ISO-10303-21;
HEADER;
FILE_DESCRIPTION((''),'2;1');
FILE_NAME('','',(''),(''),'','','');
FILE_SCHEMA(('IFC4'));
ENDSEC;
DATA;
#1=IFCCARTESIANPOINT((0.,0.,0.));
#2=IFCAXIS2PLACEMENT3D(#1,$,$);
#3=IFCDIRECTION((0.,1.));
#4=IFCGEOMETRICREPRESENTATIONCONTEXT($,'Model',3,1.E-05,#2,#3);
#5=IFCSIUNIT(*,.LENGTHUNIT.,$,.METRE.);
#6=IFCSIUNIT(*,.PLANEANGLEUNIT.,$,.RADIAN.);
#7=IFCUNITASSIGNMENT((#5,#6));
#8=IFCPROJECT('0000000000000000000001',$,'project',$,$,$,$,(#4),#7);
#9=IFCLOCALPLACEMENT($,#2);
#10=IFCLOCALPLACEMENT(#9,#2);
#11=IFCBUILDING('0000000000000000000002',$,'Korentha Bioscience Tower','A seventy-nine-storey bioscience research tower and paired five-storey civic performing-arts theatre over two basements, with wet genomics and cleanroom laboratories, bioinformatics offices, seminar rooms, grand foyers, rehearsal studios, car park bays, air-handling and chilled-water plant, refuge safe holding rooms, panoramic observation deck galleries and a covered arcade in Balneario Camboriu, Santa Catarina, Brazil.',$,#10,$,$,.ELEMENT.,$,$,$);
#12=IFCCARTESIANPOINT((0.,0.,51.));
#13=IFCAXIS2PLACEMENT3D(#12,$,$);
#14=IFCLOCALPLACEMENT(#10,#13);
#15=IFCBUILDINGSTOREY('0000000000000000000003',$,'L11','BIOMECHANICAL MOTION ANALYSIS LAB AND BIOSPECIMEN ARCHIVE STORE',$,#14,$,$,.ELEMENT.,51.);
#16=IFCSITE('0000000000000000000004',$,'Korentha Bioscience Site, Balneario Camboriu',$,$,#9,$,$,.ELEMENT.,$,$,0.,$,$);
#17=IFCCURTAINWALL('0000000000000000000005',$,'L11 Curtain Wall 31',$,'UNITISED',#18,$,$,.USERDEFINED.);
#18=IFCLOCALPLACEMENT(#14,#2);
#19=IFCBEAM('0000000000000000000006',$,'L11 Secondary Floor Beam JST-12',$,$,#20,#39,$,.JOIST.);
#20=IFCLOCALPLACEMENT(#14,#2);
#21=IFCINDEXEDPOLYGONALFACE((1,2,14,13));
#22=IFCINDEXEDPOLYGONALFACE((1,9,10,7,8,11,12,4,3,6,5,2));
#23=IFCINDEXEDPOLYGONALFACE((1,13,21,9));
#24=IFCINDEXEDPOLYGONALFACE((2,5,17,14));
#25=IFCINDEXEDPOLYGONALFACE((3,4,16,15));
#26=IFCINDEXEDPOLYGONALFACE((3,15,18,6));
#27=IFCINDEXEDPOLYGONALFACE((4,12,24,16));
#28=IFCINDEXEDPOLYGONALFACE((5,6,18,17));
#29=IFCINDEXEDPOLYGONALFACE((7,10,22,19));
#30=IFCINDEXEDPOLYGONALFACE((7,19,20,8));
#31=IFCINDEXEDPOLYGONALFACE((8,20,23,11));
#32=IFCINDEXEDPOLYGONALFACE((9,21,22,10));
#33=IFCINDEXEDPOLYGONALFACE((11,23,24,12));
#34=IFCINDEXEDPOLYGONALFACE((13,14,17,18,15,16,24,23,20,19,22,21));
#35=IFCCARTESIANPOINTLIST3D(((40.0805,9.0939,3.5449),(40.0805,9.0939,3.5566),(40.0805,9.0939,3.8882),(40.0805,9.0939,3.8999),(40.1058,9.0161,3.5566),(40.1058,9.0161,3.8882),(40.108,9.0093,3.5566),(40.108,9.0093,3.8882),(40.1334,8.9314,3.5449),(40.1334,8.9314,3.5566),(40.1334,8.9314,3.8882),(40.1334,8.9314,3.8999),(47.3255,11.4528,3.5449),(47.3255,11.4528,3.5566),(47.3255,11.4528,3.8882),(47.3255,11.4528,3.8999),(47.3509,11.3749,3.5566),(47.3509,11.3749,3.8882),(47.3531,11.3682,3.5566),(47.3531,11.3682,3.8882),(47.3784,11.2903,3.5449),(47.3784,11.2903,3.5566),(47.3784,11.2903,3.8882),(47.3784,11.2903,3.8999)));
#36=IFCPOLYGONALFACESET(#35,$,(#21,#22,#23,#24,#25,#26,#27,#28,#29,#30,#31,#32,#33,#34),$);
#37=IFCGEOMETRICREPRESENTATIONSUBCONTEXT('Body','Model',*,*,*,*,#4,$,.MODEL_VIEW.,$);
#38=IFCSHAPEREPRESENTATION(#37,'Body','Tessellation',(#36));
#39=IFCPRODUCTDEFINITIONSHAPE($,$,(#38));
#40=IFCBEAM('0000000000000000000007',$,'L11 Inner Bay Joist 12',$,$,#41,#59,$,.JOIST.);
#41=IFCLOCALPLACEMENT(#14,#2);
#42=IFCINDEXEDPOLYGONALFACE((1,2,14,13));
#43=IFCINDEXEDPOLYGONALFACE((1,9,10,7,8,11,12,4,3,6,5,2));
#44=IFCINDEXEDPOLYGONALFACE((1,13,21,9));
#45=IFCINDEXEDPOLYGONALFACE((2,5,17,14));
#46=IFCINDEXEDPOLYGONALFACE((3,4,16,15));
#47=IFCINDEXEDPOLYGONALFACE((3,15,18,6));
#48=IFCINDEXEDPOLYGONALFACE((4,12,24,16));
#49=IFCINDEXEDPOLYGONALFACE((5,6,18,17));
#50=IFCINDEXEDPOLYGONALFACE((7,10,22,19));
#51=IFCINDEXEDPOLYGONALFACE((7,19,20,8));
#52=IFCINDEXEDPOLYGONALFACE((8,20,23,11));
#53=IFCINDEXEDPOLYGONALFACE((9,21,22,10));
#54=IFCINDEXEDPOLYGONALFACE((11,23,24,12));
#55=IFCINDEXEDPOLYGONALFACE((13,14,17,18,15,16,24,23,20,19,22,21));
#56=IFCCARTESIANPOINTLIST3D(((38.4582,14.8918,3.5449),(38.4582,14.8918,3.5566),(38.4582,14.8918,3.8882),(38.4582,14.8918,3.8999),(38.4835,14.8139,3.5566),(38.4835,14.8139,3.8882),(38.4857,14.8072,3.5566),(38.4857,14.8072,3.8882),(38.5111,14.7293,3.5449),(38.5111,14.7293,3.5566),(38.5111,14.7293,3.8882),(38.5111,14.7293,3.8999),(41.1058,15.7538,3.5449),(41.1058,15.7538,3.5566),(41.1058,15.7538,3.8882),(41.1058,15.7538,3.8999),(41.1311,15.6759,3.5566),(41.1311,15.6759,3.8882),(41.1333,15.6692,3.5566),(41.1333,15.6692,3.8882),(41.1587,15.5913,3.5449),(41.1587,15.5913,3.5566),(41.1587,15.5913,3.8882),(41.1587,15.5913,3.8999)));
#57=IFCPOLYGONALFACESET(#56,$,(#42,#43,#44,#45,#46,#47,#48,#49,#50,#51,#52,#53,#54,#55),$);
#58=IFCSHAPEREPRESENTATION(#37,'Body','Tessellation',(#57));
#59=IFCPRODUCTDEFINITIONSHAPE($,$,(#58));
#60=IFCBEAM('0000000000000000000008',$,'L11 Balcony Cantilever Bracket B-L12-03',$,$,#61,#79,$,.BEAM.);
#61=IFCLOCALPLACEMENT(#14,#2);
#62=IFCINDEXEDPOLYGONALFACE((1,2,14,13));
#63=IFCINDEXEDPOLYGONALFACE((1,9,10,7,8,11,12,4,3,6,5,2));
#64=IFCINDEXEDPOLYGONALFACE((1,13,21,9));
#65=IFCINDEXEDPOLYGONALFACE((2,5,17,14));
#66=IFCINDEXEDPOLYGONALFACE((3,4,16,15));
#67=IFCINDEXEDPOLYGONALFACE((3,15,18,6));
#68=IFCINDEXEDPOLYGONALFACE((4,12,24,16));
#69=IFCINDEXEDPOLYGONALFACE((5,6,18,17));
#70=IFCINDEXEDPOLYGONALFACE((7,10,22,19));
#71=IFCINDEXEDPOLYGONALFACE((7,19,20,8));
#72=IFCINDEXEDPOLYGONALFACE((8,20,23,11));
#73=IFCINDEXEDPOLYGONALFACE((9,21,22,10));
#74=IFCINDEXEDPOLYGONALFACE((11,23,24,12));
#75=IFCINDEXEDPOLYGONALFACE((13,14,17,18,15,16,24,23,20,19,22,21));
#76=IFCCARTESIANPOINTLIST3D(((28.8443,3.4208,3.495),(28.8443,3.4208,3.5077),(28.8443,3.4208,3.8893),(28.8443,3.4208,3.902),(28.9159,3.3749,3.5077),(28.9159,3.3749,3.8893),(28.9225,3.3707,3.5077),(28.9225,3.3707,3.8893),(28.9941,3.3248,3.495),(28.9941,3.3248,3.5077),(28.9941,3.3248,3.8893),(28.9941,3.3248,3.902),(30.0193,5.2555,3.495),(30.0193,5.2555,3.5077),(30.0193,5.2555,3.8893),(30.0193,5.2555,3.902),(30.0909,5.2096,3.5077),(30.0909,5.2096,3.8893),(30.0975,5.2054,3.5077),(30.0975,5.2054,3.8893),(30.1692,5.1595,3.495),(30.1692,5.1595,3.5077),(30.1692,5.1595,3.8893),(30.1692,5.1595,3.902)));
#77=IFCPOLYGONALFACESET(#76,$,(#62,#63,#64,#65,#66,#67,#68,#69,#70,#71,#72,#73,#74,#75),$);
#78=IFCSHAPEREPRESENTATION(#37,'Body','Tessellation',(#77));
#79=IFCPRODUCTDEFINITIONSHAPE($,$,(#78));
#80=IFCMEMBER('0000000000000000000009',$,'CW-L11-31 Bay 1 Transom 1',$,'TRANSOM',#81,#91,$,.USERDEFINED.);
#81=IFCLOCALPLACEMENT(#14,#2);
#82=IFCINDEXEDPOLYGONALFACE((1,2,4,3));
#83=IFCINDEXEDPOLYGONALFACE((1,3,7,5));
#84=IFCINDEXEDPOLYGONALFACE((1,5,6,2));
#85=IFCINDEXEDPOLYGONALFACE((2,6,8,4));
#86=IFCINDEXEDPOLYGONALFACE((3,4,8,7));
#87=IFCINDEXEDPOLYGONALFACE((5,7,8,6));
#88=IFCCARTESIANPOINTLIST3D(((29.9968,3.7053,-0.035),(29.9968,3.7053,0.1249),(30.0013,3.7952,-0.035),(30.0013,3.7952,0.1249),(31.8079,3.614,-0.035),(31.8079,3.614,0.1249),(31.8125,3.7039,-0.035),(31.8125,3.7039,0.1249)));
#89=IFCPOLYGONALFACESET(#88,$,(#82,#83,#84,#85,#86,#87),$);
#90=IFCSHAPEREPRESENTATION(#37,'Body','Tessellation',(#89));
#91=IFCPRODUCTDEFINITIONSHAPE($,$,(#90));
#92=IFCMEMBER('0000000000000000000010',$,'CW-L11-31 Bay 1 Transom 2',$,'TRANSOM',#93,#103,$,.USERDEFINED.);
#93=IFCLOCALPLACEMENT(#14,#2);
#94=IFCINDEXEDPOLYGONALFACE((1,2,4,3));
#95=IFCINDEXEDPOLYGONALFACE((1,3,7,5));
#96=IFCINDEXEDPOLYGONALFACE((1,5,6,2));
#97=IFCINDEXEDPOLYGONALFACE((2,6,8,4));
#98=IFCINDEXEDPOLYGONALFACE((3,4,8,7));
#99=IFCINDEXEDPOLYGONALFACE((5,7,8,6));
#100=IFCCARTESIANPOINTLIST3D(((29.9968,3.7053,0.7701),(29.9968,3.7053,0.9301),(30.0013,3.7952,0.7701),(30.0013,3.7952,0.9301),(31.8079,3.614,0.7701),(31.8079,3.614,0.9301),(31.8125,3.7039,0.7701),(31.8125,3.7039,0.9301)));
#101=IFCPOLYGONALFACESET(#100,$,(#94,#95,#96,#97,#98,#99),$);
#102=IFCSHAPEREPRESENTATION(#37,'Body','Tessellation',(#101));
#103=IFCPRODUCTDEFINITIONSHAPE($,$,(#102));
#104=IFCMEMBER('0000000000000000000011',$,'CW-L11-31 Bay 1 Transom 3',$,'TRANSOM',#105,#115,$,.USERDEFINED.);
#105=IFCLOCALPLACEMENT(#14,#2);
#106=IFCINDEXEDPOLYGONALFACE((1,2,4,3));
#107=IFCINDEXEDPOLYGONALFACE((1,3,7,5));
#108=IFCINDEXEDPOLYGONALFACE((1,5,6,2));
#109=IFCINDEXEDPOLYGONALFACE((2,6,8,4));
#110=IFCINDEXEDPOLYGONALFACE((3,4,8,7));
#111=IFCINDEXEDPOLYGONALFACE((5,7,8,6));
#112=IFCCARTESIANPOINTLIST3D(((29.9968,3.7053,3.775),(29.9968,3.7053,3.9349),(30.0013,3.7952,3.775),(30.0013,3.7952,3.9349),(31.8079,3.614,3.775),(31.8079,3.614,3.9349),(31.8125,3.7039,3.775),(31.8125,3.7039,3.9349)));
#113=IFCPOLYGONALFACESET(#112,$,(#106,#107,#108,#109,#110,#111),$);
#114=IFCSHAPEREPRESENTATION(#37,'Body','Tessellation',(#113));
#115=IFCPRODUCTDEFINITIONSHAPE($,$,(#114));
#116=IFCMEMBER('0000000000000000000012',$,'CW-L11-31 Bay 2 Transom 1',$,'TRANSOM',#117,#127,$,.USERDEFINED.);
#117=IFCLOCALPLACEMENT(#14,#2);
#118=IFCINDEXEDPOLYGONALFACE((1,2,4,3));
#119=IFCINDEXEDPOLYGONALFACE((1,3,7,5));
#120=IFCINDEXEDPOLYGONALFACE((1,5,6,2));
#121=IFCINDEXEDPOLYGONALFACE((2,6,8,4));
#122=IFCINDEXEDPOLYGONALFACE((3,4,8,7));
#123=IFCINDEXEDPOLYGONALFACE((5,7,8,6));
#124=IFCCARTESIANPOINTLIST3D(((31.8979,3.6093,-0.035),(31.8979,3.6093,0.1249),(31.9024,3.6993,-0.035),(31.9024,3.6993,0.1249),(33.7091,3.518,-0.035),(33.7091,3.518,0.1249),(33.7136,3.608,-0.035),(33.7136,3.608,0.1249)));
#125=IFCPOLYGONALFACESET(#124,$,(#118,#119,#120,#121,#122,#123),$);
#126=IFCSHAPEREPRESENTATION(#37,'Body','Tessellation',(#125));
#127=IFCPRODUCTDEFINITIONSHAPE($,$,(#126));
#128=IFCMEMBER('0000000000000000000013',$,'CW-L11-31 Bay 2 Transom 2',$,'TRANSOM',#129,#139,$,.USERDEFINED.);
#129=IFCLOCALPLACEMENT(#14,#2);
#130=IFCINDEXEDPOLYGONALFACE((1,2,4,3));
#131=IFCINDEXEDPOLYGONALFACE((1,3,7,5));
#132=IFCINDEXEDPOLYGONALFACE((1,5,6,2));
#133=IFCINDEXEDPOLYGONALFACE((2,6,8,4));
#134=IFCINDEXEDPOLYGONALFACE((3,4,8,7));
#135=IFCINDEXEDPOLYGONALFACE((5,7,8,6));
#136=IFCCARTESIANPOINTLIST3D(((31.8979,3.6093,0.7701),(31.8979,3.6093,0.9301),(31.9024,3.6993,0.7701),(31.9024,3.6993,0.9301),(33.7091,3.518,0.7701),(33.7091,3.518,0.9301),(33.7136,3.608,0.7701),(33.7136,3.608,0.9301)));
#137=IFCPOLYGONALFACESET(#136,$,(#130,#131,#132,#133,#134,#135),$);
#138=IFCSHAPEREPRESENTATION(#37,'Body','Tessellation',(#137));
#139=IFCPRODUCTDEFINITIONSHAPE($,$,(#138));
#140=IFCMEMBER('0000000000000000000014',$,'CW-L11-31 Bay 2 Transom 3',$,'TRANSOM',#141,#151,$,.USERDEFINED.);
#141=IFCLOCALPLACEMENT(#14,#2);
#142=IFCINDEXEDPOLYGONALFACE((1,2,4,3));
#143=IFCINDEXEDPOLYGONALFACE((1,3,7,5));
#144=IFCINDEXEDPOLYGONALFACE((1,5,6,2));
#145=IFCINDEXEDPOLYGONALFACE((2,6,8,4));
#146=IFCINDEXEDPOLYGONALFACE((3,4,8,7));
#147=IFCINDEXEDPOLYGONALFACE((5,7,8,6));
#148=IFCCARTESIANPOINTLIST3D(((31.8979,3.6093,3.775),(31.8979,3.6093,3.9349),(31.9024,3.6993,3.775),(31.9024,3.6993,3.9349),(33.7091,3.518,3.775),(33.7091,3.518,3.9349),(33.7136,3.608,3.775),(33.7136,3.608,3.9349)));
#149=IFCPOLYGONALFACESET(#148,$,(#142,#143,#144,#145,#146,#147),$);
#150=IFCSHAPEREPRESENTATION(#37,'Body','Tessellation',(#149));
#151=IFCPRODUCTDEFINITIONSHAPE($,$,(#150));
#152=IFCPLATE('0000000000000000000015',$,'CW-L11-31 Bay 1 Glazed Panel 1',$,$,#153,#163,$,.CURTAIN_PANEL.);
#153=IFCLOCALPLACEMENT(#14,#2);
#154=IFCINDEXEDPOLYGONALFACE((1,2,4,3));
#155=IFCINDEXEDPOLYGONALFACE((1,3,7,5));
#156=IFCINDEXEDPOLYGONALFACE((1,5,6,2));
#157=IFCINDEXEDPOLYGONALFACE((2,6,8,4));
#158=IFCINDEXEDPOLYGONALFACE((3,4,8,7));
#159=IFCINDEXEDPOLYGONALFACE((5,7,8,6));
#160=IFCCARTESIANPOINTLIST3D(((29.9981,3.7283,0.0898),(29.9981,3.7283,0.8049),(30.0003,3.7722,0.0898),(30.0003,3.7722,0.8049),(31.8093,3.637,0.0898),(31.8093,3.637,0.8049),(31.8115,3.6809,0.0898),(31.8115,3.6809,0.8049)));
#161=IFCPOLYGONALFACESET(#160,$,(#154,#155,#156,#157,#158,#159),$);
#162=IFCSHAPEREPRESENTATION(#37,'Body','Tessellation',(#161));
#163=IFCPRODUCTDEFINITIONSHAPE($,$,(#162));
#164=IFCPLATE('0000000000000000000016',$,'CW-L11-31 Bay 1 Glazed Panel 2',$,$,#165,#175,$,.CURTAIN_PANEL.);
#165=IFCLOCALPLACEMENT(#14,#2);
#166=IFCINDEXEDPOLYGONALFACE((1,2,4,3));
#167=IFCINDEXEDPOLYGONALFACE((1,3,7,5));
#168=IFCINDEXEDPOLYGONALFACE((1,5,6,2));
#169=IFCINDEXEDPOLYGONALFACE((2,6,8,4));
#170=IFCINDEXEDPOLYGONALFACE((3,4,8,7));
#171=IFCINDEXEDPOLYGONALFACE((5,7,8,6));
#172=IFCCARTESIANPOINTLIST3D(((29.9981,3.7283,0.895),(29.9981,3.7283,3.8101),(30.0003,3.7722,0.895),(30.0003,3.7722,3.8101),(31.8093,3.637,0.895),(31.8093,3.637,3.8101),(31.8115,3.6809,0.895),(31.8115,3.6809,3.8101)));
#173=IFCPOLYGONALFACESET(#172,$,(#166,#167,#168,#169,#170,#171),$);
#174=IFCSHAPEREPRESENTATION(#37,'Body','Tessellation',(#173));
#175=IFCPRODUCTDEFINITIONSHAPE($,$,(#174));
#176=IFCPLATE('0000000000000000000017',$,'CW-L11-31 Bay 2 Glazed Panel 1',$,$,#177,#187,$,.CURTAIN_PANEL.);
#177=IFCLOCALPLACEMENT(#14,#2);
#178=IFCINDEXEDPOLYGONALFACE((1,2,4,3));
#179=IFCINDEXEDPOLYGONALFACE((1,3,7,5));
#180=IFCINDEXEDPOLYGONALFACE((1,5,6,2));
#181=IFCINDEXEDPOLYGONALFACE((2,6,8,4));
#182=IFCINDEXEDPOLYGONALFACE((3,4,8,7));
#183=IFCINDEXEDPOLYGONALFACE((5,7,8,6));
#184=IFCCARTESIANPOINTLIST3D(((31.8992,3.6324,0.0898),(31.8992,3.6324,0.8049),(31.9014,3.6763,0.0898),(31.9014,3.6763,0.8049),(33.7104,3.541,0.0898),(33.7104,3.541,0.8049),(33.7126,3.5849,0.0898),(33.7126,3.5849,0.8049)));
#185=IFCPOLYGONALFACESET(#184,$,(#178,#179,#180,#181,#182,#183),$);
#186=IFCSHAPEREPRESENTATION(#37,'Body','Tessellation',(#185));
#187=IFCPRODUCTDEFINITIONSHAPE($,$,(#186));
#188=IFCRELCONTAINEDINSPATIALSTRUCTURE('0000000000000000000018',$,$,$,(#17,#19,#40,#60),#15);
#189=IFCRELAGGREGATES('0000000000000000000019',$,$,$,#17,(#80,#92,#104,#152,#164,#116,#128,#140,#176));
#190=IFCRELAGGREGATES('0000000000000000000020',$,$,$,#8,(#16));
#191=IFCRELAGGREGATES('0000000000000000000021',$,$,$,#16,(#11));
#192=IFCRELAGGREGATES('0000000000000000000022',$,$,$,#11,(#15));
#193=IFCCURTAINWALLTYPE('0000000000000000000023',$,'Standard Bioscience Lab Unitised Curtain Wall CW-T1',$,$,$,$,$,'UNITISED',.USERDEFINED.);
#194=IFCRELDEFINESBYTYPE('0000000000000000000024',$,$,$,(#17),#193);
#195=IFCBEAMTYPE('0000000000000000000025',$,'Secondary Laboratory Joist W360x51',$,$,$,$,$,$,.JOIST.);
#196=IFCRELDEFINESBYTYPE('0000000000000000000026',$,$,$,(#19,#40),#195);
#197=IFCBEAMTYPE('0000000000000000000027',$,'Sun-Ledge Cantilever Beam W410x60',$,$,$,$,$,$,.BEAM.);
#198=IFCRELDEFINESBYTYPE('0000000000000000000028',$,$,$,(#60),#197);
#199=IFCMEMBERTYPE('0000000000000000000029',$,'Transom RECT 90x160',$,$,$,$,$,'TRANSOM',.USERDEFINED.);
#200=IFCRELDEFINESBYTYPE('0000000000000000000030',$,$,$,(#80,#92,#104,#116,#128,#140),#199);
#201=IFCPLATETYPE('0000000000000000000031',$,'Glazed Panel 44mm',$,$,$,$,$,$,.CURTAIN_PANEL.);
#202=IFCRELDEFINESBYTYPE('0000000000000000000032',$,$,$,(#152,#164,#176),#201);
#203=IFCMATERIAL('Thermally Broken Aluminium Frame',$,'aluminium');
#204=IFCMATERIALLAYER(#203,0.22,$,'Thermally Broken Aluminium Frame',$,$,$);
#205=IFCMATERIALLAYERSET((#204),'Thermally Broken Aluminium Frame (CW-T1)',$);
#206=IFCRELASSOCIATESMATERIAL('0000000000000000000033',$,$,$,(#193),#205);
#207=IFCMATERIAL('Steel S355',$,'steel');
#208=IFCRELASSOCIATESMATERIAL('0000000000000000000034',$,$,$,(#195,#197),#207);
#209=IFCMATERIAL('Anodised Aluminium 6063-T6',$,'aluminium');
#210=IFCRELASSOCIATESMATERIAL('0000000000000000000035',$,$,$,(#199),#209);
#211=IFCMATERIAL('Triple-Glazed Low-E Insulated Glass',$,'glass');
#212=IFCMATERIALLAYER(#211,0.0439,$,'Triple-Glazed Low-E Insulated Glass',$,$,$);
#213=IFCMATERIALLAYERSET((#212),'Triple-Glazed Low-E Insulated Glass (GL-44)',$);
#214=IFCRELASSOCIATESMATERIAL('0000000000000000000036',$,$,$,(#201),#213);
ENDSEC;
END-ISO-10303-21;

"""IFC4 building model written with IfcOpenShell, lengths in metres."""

from ifc_helpers import new_model, si_unit, direction, frame, origin, origin_2d, place, context, subcontext, project, spatial, rectangle, i_section, extrude, material, layer, layer_set, material_profile, profile_set, type_object, element, aggregate, save


model = new_model("IFC4")

# Units and contexts
model_context = context("Model", 3, precision=1e-05, world=origin(), true_north=direction((0.0, 1.0)))
body_context = subcontext(model_context, "Body", "Model", "MODEL_VIEW")
ifc_project = project(units=[si_unit("LENGTHUNIT", "METRE"), si_unit("PLANEANGLEUNIT", "RADIAN")], contexts=[model_context])

# Site, building, storey
site_placement = place(None, origin())
site = spatial("IfcSite", under=ifc_project, at=site_placement, Name="Korentha Bioscience Site, Balneario Camboriu", CompositionType="ELEMENT", RefElevation=0.0)
building_placement = place(site_placement, origin())
building = spatial("IfcBuilding", under=site, at=building_placement, Name="Korentha Bioscience Tower", Description="A seventy-nine-storey bioscience research tower and paired five-storey civic performing-arts theatre over two basements, with wet genomics and cleanroom laboratories, bioinformatics offices, seminar rooms, grand foyers, rehearsal studios, car park bays, air-handling and chilled-water plant, refuge safe holding rooms, panoramic observation deck galleries and a covered arcade in Balneario Camboriu, Santa Catarina, Brazil.", CompositionType="ELEMENT")
storey_placement = place(building_placement, frame((0.0, 0.0, 51.0)))
storey = spatial("IfcBuildingStorey", under=building, at=storey_placement, Name="L11", Description="BIOMECHANICAL MOTION ANALYSIS LAB AND BIOSPECIMEN ARCHIVE STORE", CompositionType="ELEMENT", Elevation=51.0)

# Shared definitions
ifc_material_1 = material(Name="Steel S355", Category="steel")

# Curtain wall
ifc_material_2 = material(Name="Thermally Broken Aluminium Frame", Category="aluminium")
ifc_layer_1 = layer(ifc_material_2, 0.22, Name="Thermally Broken Aluminium Frame")
ifc_layer_set_1 = layer_set([ifc_layer_1], Name="Thermally Broken Aluminium Frame (CW-T1)")
curtain_wall_type = type_object("IfcCurtainWallType", Name="Standard Bioscience Lab Unitised Curtain Wall CW-T1", ElementType="UNITISED", PredefinedType="USERDEFINED", material=ifc_layer_set_1)
curtain_wall_placement = place(storey_placement, origin())
curtain_wall = element("IfcCurtainWall", 1, at=curtain_wall_placement, inside=storey, type_object=curtain_wall_type, Name="L11 Curtain Wall 31", ObjectType="UNITISED", PredefinedType="USERDEFINED")
ifc_material_3 = material(Name="Anodised Aluminium 6063-T6", Category="aluminium")

# Beams
ifc_material_profile_1 = material_profile(ifc_material_1, i_section(OverallWidth=0.1709, OverallDepth=0.355, WebThickness=0.0071, FlangeThickness=0.0117, at=origin_2d()), Name="Steel S355")
ifc_profile_set_1 = profile_set([ifc_material_profile_1], Name="Steel S355 (JB-360)")
beam_type_1 = type_object("IfcBeamType", Name="Secondary Laboratory Joist W360x51", PredefinedType="JOIST", material=ifc_profile_set_1)
beam_1_placement = place(storey_placement, frame((40.1069, 9.0127, 3.7224), z_axis=(0.950871, 0.309587, 0.0), x_axis=(-0.309587, 0.950871, 0.0)))
element("IfcBeam", 2, at=beam_1_placement, inside=storey, type_object=beam_type_1, Name="L11 Secondary Floor Beam JST-12", PredefinedType="JOIST", context=body_context, shape_type="SweptSolid", body=[
    extrude(i_section(OverallWidth=0.1709, OverallDepth=0.355, WebThickness=0.0071, FlangeThickness=0.0117, at=origin_2d()), origin(), (0.0, 0.0, 1.0), 7.6194),
])
beam_2_placement = place(storey_placement, frame((38.4846, 14.8105, 3.7224), z_axis=(0.95087, 0.309592, 0.0), x_axis=(-0.309592, 0.95087, 0.0)))
element("IfcBeam", 3, at=beam_2_placement, inside=storey, type_object=beam_type_1, Name="L11 Inner Bay Joist 12", PredefinedType="JOIST", context=body_context, shape_type="SweptSolid", body=[
    extrude(i_section(OverallWidth=0.1709, OverallDepth=0.355, WebThickness=0.0071, FlangeThickness=0.0117, at=origin_2d()), origin(), (0.0, 0.0, 1.0), 2.7844),
])
ifc_material_profile_2 = material_profile(ifc_material_1, i_section(OverallWidth=0.178, OverallDepth=0.407, WebThickness=0.0078, FlangeThickness=0.0127, at=origin_2d()), Name="Steel S355")
ifc_profile_set_2 = profile_set([ifc_material_profile_2], Name="Steel S355 (CB-410)")
beam_type_2 = type_object("IfcBeamType", Name="Sun-Ledge Cantilever Beam W410x60", PredefinedType="BEAM", material=ifc_profile_set_2)
beam_3_placement = place(storey_placement, frame((30.0942, 5.2075, 3.6985), z_axis=(-0.539324, -0.842098, 0.0), x_axis=(0.842098, -0.539324, 0.0)))
element("IfcBeam", 4, at=beam_3_placement, inside=storey, type_object=beam_type_2, Name="L11 Balcony Cantilever Bracket B-L12-03", PredefinedType="BEAM", context=body_context, shape_type="SweptSolid", body=[
    extrude(i_section(OverallWidth=0.178, OverallDepth=0.407, WebThickness=0.0078, FlangeThickness=0.0127, at=origin_2d()), origin(), (0.0, 0.0, 1.0), 2.1787),
])

# Members
ifc_material_profile_3 = material_profile(ifc_material_3, rectangle(XDim=0.0901, YDim=0.1599, at=origin_2d()), Name="Anodised Aluminium 6063-T6")
ifc_profile_set_3 = profile_set([ifc_material_profile_3], Name="Anodised Aluminium 6063-T6 (CW-TRN)")
member_type_1 = type_object("IfcMemberType", Name="Transom RECT 90x160", ElementType="TRANSOM", PredefinedType="USERDEFINED", material=ifc_profile_set_3)
member_1_placement = place(storey_placement, frame((29.999, 3.7502, 0.0449), z_axis=(0.998732, -0.050347, 0.0), x_axis=(0.050347, 0.998732, 0.0)))
member_1 = element("IfcMember", 5, at=member_1_placement, type_object=member_type_1, Name="CW-L11-31 Bay 1 Transom 1", ObjectType="TRANSOM", PredefinedType="USERDEFINED", context=body_context, shape_type="SweptSolid", body=[
    extrude(rectangle(XDim=0.0901, YDim=0.1599, at=origin_2d()), origin(), (0.0, 0.0, 1.0), 1.8135),
])
member_2_placement = place(storey_placement, frame((29.999, 3.7502, 0.8501), z_axis=(0.998732, -0.050347, 0.0), x_axis=(0.050347, 0.998732, 0.0)))
member_2 = element("IfcMember", 6, at=member_2_placement, type_object=member_type_1, Name="CW-L11-31 Bay 1 Transom 2", ObjectType="TRANSOM", PredefinedType="USERDEFINED", context=body_context, shape_type="SweptSolid", body=[
    extrude(rectangle(XDim=0.0901, YDim=0.1599, at=origin_2d()), origin(), (0.0, 0.0, 1.0), 1.8135),
])
member_3_placement = place(storey_placement, frame((29.999, 3.7502, 3.855), z_axis=(0.998732, -0.050347, 0.0), x_axis=(0.050347, 0.998732, 0.0)))
member_3 = element("IfcMember", 7, at=member_3_placement, type_object=member_type_1, Name="CW-L11-31 Bay 1 Transom 3", ObjectType="TRANSOM", PredefinedType="USERDEFINED", context=body_context, shape_type="SweptSolid", body=[
    extrude(rectangle(XDim=0.0901, YDim=0.1599, at=origin_2d()), origin(), (0.0, 0.0, 1.0), 1.8135),
])
member_4_placement = place(storey_placement, frame((31.9001, 3.6543, 0.0449), z_axis=(0.998732, -0.050347, 0.0), x_axis=(0.050347, 0.998732, 0.0)))
member_4 = element("IfcMember", 8, at=member_4_placement, type_object=member_type_1, Name="CW-L11-31 Bay 2 Transom 1", ObjectType="TRANSOM", PredefinedType="USERDEFINED", context=body_context, shape_type="SweptSolid", body=[
    extrude(rectangle(XDim=0.0901, YDim=0.1599, at=origin_2d()), origin(), (0.0, 0.0, 1.0), 1.8135),
])
member_5_placement = place(storey_placement, frame((31.9001, 3.6543, 0.8501), z_axis=(0.998732, -0.050347, 0.0), x_axis=(0.050347, 0.998732, 0.0)))
member_5 = element("IfcMember", 9, at=member_5_placement, type_object=member_type_1, Name="CW-L11-31 Bay 2 Transom 2", ObjectType="TRANSOM", PredefinedType="USERDEFINED", context=body_context, shape_type="SweptSolid", body=[
    extrude(rectangle(XDim=0.0901, YDim=0.1599, at=origin_2d()), origin(), (0.0, 0.0, 1.0), 1.8135),
])
member_6_placement = place(storey_placement, frame((31.9001, 3.6543, 3.855), z_axis=(0.998732, -0.050347, 0.0), x_axis=(0.050347, 0.998732, 0.0)))
member_6 = element("IfcMember", 10, at=member_6_placement, type_object=member_type_1, Name="CW-L11-31 Bay 2 Transom 3", ObjectType="TRANSOM", PredefinedType="USERDEFINED", context=body_context, shape_type="SweptSolid", body=[
    extrude(rectangle(XDim=0.0901, YDim=0.1599, at=origin_2d()), origin(), (0.0, 0.0, 1.0), 1.8135),
])

# Plates
ifc_material_4 = material(Name="Triple-Glazed Low-E Insulated Glass", Category="glass")
ifc_layer_2 = layer(ifc_material_4, 0.0439, Name="Triple-Glazed Low-E Insulated Glass")
ifc_layer_set_2 = layer_set([ifc_layer_2], Name="Triple-Glazed Low-E Insulated Glass (GL-44)")
plate_type = type_object("IfcPlateType", Name="Glazed Panel 44mm", PredefinedType="CURTAIN_PANEL", material=ifc_layer_set_2)
plate_1_placement = place(storey_placement, frame((30.9048, 3.7046, 0.0898), z_axis=(0.0, 0.0, 1.0), x_axis=(0.998731, -0.050371, 0.0)))
plate_1 = element("IfcPlate", 11, at=plate_1_placement, type_object=plate_type, Name="CW-L11-31 Bay 1 Glazed Panel 1", PredefinedType="CURTAIN_PANEL", context=body_context, shape_type="SweptSolid", body=[
    extrude(rectangle(XDim=1.8135, YDim=0.0439, at=origin_2d()), origin(), (0.0, 0.0, 1.0), 0.7151),
])
plate_2_placement = place(storey_placement, frame((30.9048, 3.7046, 0.895), z_axis=(0.0, 0.0, 1.0), x_axis=(0.998731, -0.050371, 0.0)))
plate_2 = element("IfcPlate", 12, at=plate_2_placement, type_object=plate_type, Name="CW-L11-31 Bay 1 Glazed Panel 2", PredefinedType="CURTAIN_PANEL", context=body_context, shape_type="SweptSolid", body=[
    extrude(rectangle(XDim=1.8135, YDim=0.0439, at=origin_2d()), origin(), (0.0, 0.0, 1.0), 2.915),
])
plate_3_placement = place(storey_placement, frame((32.8059, 3.6086, 0.0898), z_axis=(0.0, 0.0, 1.0), x_axis=(0.998731, -0.050371, 0.0)))
plate_3 = element("IfcPlate", 13, at=plate_3_placement, type_object=plate_type, Name="CW-L11-31 Bay 2 Glazed Panel 1", PredefinedType="CURTAIN_PANEL", context=body_context, shape_type="SweptSolid", body=[
    extrude(rectangle(XDim=1.8135, YDim=0.0439, at=origin_2d()), origin(), (0.0, 0.0, 1.0), 0.7151),
])
aggregate(curtain_wall, [member_1, member_2, member_3, plate_1, plate_2, member_4, member_5, member_6, plate_3])

save(model, "model.ifc")
